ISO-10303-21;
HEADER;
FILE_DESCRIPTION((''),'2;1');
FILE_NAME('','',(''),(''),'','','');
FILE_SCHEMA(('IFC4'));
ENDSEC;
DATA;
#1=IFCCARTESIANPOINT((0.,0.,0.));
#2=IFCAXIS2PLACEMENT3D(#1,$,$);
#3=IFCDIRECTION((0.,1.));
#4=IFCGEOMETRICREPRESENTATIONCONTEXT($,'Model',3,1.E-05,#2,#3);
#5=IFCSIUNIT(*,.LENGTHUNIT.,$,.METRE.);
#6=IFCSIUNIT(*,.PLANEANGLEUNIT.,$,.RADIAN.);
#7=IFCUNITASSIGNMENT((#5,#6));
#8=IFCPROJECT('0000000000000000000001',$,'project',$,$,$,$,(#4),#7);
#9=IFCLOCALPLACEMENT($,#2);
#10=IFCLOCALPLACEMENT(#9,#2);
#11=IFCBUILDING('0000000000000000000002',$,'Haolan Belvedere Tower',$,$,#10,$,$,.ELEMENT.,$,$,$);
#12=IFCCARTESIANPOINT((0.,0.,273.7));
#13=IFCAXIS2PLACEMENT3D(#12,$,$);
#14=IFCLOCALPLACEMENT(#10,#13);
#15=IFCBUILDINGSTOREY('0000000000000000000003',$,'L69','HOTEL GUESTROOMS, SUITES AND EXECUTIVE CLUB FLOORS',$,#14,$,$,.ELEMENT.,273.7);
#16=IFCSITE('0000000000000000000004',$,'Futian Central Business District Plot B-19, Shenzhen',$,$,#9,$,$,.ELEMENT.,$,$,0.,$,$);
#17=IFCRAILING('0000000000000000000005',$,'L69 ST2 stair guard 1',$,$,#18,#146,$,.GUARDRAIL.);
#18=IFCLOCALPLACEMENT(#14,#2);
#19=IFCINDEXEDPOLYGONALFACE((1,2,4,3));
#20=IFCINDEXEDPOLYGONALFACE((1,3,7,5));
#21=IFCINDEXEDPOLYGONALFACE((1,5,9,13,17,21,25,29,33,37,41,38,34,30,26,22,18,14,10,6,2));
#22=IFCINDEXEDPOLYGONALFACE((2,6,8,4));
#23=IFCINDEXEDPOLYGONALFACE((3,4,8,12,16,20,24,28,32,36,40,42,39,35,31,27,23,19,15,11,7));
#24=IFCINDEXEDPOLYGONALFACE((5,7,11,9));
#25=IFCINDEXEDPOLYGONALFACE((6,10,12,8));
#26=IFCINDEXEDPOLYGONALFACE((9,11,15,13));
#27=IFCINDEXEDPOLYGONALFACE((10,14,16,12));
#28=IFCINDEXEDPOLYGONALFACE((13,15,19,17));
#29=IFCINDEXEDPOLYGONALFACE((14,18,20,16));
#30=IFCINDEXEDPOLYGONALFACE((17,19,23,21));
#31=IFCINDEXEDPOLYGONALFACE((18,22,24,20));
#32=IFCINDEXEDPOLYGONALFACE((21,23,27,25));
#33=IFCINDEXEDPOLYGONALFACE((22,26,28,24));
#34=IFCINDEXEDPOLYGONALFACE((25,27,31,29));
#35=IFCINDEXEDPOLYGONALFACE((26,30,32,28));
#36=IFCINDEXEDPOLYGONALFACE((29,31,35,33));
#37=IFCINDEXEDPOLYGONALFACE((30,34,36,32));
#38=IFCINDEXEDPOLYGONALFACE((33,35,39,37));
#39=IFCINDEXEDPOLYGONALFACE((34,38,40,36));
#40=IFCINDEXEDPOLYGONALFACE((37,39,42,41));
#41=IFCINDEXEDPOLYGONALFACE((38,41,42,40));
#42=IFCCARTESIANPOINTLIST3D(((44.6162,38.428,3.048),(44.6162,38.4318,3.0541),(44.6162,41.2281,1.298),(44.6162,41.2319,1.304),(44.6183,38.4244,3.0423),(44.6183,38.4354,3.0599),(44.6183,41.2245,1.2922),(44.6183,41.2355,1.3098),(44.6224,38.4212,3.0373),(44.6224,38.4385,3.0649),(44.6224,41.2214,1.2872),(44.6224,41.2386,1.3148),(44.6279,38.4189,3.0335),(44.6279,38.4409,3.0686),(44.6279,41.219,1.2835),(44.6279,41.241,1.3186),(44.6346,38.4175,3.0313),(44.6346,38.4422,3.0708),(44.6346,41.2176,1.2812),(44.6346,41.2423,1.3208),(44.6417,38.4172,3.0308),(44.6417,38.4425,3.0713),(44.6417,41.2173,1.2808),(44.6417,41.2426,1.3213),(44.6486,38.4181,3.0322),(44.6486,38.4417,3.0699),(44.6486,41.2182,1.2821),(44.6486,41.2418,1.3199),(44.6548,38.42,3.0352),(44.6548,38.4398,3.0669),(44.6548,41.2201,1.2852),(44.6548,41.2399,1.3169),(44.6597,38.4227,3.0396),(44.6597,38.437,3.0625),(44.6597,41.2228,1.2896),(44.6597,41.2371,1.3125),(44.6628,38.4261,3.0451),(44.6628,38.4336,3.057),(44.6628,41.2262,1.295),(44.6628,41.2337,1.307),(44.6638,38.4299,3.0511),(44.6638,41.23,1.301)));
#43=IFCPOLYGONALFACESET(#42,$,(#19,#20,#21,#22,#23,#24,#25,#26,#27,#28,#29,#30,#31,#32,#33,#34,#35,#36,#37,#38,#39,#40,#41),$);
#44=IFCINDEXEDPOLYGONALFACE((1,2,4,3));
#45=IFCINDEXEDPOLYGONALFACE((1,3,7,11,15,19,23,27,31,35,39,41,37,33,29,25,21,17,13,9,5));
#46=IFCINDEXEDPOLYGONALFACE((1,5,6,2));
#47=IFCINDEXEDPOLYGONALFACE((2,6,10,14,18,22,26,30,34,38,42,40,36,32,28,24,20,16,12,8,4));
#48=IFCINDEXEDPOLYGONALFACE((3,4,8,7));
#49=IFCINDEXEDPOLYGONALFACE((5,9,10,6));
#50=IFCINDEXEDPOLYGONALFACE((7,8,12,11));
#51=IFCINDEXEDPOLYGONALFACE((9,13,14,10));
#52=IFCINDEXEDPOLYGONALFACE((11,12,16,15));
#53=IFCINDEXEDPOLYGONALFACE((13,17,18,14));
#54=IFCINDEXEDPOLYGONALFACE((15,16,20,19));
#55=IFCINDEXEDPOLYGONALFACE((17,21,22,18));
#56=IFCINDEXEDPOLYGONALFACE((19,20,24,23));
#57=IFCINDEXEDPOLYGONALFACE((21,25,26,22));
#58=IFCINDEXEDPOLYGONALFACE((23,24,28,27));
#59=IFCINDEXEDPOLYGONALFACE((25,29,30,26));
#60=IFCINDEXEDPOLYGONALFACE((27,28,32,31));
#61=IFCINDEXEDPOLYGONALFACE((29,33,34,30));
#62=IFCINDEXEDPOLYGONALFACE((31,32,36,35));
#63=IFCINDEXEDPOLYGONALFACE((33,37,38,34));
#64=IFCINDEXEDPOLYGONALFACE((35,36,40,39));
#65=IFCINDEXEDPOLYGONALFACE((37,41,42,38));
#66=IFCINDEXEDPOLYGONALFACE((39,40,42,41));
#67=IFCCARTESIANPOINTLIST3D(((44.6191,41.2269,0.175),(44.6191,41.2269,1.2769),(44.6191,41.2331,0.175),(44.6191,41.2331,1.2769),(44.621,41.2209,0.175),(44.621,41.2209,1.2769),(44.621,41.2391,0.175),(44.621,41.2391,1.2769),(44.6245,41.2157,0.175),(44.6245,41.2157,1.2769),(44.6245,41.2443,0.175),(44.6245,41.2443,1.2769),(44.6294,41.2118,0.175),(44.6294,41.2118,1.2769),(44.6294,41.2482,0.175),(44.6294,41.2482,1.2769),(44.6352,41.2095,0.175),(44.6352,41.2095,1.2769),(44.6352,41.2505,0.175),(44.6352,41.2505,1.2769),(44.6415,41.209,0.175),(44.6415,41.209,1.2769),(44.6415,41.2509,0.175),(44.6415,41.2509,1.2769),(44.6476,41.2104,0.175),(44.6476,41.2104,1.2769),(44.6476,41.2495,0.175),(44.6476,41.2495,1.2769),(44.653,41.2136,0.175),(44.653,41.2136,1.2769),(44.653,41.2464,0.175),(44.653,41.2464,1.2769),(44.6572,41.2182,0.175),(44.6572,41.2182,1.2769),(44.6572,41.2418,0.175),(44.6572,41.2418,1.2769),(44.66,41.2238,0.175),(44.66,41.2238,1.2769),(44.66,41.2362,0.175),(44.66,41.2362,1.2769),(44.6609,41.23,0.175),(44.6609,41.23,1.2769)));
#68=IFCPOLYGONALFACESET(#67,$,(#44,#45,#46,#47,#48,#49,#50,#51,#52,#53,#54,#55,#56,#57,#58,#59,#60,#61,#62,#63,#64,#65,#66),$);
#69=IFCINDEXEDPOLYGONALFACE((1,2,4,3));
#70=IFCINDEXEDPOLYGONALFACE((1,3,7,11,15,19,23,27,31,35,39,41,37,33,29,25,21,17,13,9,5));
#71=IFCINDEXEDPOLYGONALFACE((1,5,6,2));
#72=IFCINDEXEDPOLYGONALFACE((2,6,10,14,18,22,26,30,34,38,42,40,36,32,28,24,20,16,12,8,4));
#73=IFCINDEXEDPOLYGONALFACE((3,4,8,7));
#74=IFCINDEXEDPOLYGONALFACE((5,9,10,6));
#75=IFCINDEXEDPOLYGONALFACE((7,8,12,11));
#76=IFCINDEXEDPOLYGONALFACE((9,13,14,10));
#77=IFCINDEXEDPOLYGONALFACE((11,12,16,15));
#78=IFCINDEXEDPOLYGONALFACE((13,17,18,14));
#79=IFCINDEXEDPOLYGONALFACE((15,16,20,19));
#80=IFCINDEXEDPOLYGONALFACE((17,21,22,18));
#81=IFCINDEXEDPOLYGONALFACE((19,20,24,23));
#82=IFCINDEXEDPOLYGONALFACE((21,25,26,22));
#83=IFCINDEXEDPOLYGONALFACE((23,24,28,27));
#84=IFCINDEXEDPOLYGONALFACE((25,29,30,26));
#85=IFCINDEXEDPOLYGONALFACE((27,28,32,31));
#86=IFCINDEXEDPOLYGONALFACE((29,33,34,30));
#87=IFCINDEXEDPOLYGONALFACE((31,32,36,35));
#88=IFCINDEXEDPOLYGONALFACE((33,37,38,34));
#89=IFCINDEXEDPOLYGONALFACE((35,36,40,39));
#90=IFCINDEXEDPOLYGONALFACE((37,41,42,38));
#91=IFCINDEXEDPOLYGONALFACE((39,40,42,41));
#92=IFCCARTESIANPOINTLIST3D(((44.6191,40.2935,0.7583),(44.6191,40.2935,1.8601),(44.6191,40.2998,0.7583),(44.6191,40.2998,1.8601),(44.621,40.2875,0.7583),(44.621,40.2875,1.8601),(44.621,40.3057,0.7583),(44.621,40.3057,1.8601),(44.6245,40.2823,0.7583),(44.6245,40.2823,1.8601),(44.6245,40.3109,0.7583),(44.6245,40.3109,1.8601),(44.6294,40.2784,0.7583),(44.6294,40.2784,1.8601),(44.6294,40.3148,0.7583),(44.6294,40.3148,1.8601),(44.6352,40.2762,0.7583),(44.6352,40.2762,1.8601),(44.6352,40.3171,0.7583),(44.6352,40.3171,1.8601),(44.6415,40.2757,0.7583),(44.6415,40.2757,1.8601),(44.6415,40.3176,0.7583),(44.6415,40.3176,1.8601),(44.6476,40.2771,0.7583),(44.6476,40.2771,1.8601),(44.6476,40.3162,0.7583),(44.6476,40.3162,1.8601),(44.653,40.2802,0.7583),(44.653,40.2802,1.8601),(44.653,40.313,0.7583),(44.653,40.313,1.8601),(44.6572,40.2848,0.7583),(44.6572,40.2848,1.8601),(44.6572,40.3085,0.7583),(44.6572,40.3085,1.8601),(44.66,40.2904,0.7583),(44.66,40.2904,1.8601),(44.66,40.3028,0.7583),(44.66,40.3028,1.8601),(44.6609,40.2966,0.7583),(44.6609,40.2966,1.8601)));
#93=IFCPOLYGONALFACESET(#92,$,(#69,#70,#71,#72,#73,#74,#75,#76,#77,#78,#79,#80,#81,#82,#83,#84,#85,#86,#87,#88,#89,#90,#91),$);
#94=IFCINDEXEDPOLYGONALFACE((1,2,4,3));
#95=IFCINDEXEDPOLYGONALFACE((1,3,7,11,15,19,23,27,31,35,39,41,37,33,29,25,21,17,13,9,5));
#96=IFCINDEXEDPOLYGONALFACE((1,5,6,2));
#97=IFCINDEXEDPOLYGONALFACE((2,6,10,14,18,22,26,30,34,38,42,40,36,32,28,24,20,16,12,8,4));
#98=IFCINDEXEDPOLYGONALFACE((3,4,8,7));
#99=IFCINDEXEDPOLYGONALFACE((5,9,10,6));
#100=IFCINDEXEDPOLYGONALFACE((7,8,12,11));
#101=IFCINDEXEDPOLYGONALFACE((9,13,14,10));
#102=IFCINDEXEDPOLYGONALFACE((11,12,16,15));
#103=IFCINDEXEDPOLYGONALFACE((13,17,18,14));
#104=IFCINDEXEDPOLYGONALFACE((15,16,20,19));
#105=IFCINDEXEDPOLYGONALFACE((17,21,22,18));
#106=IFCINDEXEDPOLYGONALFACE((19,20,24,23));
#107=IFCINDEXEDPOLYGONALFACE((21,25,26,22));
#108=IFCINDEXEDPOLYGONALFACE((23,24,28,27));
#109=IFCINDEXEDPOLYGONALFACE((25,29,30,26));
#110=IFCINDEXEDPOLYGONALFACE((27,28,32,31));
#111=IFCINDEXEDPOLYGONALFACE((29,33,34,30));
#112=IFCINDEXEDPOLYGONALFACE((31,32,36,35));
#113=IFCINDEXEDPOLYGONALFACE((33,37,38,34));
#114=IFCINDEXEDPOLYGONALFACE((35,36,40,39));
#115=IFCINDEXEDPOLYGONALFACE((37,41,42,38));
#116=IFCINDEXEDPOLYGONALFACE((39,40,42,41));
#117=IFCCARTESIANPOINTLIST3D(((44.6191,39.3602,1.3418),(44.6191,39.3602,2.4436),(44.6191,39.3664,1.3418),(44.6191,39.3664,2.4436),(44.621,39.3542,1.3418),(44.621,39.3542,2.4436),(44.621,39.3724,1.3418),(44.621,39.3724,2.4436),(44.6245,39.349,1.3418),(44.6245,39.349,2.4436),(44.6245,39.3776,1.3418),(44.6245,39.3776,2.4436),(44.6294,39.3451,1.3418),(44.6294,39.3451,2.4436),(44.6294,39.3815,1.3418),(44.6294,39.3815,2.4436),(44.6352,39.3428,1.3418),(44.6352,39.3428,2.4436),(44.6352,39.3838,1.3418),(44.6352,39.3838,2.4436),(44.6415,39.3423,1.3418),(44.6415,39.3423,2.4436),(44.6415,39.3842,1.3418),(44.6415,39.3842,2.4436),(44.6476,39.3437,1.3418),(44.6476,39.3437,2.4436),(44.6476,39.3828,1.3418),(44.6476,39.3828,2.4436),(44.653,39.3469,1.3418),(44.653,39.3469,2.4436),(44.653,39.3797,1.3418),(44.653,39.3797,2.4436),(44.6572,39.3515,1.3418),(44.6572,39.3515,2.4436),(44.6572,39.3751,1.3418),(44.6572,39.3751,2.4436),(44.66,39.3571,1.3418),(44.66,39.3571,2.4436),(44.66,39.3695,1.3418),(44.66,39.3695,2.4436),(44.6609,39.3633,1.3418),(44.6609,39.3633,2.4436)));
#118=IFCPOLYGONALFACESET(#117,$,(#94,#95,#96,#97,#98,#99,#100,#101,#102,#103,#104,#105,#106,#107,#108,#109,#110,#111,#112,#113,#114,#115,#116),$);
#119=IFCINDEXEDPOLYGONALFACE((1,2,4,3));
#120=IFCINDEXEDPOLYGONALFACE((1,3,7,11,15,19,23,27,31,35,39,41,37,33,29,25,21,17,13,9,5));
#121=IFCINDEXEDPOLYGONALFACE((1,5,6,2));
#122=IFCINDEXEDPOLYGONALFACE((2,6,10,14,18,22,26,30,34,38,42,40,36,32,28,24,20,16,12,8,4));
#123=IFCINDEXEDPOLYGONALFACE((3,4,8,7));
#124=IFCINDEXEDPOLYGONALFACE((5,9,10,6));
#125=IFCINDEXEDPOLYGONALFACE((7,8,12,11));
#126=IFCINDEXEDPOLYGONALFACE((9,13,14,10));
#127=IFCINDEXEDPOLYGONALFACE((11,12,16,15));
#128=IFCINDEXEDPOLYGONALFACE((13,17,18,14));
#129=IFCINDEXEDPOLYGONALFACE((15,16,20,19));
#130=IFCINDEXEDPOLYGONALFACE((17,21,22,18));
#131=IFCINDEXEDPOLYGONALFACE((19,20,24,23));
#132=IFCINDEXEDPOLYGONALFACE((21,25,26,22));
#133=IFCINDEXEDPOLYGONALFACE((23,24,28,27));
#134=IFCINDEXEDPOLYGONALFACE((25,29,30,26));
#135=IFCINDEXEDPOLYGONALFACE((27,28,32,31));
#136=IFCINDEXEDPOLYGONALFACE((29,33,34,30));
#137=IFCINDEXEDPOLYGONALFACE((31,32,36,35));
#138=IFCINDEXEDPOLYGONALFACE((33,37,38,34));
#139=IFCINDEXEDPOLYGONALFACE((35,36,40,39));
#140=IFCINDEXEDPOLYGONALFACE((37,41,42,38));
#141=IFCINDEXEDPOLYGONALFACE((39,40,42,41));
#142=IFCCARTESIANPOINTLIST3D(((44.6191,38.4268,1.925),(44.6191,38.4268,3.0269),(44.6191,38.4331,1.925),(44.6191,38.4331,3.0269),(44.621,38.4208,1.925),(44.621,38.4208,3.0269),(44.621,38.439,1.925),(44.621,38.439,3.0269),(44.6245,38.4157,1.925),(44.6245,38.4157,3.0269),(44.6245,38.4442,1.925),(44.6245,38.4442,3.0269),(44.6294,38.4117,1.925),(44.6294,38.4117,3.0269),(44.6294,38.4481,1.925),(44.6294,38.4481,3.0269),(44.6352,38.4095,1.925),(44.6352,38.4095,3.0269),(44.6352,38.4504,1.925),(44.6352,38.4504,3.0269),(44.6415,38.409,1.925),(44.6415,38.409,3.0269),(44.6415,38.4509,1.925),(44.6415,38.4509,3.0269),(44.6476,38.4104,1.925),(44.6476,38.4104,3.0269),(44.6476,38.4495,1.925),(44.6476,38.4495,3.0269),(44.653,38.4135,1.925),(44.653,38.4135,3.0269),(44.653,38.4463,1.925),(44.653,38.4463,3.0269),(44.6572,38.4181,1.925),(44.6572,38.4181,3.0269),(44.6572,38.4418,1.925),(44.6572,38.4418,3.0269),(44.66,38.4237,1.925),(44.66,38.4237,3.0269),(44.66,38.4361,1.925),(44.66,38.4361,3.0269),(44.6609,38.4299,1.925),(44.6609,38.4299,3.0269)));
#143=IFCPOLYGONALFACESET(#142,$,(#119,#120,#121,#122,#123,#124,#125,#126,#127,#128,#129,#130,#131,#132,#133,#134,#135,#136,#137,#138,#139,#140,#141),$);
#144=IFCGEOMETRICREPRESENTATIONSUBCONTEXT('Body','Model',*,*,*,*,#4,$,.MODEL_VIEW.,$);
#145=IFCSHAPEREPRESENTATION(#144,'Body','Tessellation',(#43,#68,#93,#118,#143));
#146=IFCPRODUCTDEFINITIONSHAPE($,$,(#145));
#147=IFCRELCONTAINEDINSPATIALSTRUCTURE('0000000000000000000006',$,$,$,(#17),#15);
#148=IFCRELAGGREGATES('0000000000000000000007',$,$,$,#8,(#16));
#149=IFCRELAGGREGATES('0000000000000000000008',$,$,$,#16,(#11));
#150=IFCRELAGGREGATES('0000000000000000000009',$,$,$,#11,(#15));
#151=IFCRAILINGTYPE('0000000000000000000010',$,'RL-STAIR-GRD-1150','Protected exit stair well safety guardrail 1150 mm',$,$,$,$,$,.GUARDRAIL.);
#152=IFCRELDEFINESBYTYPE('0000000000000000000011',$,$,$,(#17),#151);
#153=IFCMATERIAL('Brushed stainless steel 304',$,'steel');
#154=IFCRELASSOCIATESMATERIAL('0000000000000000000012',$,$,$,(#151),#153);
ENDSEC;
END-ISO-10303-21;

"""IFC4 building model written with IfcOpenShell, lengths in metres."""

from ifc_helpers import new_model, si_unit, direction, frame, origin, origin_2d, place, context, subcontext, project, spatial, circle, extrude, material, type_object, element, save


model = new_model("IFC4")

# Units and contexts
model_context = context("Model", 3, precision=1e-05, world=origin(), true_north=direction((0.0, 1.0)))
body_context = subcontext(model_context, "Body", "Model", "MODEL_VIEW")
ifc_project = project(units=[si_unit("LENGTHUNIT", "METRE"), si_unit("PLANEANGLEUNIT", "RADIAN")], contexts=[model_context])

# Site, building, storey
site_placement = place(None, origin())
site = spatial("IfcSite", under=ifc_project, at=site_placement, Name="Futian Central Business District Plot B-19, Shenzhen", CompositionType="ELEMENT", RefElevation=0.0)
building_placement = place(site_placement, origin())
building = spatial("IfcBuilding", under=site, at=building_placement, Name="Haolan Belvedere Tower", CompositionType="ELEMENT")
storey_placement = place(building_placement, frame((0.0, 0.0, 273.7)))
storey = spatial("IfcBuildingStorey", under=building, at=storey_placement, Name="L69", Description="HOTEL GUESTROOMS, SUITES AND EXECUTIVE CLUB FLOORS", CompositionType="ELEMENT", Elevation=273.7)

# Railing
ifc_material_1 = material(Name="Brushed stainless steel 304", Category="steel")
railing_type_1 = type_object("IfcRailingType", Name="RL-STAIR-GRD-1150", Description="Protected exit stair well safety guardrail 1150 mm", PredefinedType="GUARDRAIL", material=ifc_material_1)
railing_1_placement = place(storey_placement, frame((44.6399, 41.23, 0.175)))
element("IfcRailing", 1, at=railing_1_placement, inside=storey, type_object=railing_type_1, Name="L69 ST2 stair guard 1", PredefinedType="GUARDRAIL", context=body_context, shape_type="SweptSolid", body=[
    extrude(circle(Radius=0.0239, at=origin_2d()), frame((0.0, 0.0, 1.126), z_axis=(0.0, -0.848002, 0.529992), x_axis=(1.0, 0.0, 0.0)), (0.0, 0.0, 1.0), 3.302),
    extrude(circle(Radius=0.021, at=origin_2d()), origin(), (0.0, 0.0, 1.0), 1.1018),
    extrude(circle(Radius=0.021, at=origin_2d()), frame((0.0, -0.9333, 0.5833)), (0.0, 0.0, 1.0), 1.1018),
    extrude(circle(Radius=0.021, at=origin_2d()), frame((0.0, -1.8667, 1.1667)), (0.0, 0.0, 1.0), 1.1018),
    extrude(circle(Radius=0.021, at=origin_2d()), frame((0.0, -2.8, 1.75)), (0.0, 0.0, 1.0), 1.1018),
])

save(model, "model.ifc")
